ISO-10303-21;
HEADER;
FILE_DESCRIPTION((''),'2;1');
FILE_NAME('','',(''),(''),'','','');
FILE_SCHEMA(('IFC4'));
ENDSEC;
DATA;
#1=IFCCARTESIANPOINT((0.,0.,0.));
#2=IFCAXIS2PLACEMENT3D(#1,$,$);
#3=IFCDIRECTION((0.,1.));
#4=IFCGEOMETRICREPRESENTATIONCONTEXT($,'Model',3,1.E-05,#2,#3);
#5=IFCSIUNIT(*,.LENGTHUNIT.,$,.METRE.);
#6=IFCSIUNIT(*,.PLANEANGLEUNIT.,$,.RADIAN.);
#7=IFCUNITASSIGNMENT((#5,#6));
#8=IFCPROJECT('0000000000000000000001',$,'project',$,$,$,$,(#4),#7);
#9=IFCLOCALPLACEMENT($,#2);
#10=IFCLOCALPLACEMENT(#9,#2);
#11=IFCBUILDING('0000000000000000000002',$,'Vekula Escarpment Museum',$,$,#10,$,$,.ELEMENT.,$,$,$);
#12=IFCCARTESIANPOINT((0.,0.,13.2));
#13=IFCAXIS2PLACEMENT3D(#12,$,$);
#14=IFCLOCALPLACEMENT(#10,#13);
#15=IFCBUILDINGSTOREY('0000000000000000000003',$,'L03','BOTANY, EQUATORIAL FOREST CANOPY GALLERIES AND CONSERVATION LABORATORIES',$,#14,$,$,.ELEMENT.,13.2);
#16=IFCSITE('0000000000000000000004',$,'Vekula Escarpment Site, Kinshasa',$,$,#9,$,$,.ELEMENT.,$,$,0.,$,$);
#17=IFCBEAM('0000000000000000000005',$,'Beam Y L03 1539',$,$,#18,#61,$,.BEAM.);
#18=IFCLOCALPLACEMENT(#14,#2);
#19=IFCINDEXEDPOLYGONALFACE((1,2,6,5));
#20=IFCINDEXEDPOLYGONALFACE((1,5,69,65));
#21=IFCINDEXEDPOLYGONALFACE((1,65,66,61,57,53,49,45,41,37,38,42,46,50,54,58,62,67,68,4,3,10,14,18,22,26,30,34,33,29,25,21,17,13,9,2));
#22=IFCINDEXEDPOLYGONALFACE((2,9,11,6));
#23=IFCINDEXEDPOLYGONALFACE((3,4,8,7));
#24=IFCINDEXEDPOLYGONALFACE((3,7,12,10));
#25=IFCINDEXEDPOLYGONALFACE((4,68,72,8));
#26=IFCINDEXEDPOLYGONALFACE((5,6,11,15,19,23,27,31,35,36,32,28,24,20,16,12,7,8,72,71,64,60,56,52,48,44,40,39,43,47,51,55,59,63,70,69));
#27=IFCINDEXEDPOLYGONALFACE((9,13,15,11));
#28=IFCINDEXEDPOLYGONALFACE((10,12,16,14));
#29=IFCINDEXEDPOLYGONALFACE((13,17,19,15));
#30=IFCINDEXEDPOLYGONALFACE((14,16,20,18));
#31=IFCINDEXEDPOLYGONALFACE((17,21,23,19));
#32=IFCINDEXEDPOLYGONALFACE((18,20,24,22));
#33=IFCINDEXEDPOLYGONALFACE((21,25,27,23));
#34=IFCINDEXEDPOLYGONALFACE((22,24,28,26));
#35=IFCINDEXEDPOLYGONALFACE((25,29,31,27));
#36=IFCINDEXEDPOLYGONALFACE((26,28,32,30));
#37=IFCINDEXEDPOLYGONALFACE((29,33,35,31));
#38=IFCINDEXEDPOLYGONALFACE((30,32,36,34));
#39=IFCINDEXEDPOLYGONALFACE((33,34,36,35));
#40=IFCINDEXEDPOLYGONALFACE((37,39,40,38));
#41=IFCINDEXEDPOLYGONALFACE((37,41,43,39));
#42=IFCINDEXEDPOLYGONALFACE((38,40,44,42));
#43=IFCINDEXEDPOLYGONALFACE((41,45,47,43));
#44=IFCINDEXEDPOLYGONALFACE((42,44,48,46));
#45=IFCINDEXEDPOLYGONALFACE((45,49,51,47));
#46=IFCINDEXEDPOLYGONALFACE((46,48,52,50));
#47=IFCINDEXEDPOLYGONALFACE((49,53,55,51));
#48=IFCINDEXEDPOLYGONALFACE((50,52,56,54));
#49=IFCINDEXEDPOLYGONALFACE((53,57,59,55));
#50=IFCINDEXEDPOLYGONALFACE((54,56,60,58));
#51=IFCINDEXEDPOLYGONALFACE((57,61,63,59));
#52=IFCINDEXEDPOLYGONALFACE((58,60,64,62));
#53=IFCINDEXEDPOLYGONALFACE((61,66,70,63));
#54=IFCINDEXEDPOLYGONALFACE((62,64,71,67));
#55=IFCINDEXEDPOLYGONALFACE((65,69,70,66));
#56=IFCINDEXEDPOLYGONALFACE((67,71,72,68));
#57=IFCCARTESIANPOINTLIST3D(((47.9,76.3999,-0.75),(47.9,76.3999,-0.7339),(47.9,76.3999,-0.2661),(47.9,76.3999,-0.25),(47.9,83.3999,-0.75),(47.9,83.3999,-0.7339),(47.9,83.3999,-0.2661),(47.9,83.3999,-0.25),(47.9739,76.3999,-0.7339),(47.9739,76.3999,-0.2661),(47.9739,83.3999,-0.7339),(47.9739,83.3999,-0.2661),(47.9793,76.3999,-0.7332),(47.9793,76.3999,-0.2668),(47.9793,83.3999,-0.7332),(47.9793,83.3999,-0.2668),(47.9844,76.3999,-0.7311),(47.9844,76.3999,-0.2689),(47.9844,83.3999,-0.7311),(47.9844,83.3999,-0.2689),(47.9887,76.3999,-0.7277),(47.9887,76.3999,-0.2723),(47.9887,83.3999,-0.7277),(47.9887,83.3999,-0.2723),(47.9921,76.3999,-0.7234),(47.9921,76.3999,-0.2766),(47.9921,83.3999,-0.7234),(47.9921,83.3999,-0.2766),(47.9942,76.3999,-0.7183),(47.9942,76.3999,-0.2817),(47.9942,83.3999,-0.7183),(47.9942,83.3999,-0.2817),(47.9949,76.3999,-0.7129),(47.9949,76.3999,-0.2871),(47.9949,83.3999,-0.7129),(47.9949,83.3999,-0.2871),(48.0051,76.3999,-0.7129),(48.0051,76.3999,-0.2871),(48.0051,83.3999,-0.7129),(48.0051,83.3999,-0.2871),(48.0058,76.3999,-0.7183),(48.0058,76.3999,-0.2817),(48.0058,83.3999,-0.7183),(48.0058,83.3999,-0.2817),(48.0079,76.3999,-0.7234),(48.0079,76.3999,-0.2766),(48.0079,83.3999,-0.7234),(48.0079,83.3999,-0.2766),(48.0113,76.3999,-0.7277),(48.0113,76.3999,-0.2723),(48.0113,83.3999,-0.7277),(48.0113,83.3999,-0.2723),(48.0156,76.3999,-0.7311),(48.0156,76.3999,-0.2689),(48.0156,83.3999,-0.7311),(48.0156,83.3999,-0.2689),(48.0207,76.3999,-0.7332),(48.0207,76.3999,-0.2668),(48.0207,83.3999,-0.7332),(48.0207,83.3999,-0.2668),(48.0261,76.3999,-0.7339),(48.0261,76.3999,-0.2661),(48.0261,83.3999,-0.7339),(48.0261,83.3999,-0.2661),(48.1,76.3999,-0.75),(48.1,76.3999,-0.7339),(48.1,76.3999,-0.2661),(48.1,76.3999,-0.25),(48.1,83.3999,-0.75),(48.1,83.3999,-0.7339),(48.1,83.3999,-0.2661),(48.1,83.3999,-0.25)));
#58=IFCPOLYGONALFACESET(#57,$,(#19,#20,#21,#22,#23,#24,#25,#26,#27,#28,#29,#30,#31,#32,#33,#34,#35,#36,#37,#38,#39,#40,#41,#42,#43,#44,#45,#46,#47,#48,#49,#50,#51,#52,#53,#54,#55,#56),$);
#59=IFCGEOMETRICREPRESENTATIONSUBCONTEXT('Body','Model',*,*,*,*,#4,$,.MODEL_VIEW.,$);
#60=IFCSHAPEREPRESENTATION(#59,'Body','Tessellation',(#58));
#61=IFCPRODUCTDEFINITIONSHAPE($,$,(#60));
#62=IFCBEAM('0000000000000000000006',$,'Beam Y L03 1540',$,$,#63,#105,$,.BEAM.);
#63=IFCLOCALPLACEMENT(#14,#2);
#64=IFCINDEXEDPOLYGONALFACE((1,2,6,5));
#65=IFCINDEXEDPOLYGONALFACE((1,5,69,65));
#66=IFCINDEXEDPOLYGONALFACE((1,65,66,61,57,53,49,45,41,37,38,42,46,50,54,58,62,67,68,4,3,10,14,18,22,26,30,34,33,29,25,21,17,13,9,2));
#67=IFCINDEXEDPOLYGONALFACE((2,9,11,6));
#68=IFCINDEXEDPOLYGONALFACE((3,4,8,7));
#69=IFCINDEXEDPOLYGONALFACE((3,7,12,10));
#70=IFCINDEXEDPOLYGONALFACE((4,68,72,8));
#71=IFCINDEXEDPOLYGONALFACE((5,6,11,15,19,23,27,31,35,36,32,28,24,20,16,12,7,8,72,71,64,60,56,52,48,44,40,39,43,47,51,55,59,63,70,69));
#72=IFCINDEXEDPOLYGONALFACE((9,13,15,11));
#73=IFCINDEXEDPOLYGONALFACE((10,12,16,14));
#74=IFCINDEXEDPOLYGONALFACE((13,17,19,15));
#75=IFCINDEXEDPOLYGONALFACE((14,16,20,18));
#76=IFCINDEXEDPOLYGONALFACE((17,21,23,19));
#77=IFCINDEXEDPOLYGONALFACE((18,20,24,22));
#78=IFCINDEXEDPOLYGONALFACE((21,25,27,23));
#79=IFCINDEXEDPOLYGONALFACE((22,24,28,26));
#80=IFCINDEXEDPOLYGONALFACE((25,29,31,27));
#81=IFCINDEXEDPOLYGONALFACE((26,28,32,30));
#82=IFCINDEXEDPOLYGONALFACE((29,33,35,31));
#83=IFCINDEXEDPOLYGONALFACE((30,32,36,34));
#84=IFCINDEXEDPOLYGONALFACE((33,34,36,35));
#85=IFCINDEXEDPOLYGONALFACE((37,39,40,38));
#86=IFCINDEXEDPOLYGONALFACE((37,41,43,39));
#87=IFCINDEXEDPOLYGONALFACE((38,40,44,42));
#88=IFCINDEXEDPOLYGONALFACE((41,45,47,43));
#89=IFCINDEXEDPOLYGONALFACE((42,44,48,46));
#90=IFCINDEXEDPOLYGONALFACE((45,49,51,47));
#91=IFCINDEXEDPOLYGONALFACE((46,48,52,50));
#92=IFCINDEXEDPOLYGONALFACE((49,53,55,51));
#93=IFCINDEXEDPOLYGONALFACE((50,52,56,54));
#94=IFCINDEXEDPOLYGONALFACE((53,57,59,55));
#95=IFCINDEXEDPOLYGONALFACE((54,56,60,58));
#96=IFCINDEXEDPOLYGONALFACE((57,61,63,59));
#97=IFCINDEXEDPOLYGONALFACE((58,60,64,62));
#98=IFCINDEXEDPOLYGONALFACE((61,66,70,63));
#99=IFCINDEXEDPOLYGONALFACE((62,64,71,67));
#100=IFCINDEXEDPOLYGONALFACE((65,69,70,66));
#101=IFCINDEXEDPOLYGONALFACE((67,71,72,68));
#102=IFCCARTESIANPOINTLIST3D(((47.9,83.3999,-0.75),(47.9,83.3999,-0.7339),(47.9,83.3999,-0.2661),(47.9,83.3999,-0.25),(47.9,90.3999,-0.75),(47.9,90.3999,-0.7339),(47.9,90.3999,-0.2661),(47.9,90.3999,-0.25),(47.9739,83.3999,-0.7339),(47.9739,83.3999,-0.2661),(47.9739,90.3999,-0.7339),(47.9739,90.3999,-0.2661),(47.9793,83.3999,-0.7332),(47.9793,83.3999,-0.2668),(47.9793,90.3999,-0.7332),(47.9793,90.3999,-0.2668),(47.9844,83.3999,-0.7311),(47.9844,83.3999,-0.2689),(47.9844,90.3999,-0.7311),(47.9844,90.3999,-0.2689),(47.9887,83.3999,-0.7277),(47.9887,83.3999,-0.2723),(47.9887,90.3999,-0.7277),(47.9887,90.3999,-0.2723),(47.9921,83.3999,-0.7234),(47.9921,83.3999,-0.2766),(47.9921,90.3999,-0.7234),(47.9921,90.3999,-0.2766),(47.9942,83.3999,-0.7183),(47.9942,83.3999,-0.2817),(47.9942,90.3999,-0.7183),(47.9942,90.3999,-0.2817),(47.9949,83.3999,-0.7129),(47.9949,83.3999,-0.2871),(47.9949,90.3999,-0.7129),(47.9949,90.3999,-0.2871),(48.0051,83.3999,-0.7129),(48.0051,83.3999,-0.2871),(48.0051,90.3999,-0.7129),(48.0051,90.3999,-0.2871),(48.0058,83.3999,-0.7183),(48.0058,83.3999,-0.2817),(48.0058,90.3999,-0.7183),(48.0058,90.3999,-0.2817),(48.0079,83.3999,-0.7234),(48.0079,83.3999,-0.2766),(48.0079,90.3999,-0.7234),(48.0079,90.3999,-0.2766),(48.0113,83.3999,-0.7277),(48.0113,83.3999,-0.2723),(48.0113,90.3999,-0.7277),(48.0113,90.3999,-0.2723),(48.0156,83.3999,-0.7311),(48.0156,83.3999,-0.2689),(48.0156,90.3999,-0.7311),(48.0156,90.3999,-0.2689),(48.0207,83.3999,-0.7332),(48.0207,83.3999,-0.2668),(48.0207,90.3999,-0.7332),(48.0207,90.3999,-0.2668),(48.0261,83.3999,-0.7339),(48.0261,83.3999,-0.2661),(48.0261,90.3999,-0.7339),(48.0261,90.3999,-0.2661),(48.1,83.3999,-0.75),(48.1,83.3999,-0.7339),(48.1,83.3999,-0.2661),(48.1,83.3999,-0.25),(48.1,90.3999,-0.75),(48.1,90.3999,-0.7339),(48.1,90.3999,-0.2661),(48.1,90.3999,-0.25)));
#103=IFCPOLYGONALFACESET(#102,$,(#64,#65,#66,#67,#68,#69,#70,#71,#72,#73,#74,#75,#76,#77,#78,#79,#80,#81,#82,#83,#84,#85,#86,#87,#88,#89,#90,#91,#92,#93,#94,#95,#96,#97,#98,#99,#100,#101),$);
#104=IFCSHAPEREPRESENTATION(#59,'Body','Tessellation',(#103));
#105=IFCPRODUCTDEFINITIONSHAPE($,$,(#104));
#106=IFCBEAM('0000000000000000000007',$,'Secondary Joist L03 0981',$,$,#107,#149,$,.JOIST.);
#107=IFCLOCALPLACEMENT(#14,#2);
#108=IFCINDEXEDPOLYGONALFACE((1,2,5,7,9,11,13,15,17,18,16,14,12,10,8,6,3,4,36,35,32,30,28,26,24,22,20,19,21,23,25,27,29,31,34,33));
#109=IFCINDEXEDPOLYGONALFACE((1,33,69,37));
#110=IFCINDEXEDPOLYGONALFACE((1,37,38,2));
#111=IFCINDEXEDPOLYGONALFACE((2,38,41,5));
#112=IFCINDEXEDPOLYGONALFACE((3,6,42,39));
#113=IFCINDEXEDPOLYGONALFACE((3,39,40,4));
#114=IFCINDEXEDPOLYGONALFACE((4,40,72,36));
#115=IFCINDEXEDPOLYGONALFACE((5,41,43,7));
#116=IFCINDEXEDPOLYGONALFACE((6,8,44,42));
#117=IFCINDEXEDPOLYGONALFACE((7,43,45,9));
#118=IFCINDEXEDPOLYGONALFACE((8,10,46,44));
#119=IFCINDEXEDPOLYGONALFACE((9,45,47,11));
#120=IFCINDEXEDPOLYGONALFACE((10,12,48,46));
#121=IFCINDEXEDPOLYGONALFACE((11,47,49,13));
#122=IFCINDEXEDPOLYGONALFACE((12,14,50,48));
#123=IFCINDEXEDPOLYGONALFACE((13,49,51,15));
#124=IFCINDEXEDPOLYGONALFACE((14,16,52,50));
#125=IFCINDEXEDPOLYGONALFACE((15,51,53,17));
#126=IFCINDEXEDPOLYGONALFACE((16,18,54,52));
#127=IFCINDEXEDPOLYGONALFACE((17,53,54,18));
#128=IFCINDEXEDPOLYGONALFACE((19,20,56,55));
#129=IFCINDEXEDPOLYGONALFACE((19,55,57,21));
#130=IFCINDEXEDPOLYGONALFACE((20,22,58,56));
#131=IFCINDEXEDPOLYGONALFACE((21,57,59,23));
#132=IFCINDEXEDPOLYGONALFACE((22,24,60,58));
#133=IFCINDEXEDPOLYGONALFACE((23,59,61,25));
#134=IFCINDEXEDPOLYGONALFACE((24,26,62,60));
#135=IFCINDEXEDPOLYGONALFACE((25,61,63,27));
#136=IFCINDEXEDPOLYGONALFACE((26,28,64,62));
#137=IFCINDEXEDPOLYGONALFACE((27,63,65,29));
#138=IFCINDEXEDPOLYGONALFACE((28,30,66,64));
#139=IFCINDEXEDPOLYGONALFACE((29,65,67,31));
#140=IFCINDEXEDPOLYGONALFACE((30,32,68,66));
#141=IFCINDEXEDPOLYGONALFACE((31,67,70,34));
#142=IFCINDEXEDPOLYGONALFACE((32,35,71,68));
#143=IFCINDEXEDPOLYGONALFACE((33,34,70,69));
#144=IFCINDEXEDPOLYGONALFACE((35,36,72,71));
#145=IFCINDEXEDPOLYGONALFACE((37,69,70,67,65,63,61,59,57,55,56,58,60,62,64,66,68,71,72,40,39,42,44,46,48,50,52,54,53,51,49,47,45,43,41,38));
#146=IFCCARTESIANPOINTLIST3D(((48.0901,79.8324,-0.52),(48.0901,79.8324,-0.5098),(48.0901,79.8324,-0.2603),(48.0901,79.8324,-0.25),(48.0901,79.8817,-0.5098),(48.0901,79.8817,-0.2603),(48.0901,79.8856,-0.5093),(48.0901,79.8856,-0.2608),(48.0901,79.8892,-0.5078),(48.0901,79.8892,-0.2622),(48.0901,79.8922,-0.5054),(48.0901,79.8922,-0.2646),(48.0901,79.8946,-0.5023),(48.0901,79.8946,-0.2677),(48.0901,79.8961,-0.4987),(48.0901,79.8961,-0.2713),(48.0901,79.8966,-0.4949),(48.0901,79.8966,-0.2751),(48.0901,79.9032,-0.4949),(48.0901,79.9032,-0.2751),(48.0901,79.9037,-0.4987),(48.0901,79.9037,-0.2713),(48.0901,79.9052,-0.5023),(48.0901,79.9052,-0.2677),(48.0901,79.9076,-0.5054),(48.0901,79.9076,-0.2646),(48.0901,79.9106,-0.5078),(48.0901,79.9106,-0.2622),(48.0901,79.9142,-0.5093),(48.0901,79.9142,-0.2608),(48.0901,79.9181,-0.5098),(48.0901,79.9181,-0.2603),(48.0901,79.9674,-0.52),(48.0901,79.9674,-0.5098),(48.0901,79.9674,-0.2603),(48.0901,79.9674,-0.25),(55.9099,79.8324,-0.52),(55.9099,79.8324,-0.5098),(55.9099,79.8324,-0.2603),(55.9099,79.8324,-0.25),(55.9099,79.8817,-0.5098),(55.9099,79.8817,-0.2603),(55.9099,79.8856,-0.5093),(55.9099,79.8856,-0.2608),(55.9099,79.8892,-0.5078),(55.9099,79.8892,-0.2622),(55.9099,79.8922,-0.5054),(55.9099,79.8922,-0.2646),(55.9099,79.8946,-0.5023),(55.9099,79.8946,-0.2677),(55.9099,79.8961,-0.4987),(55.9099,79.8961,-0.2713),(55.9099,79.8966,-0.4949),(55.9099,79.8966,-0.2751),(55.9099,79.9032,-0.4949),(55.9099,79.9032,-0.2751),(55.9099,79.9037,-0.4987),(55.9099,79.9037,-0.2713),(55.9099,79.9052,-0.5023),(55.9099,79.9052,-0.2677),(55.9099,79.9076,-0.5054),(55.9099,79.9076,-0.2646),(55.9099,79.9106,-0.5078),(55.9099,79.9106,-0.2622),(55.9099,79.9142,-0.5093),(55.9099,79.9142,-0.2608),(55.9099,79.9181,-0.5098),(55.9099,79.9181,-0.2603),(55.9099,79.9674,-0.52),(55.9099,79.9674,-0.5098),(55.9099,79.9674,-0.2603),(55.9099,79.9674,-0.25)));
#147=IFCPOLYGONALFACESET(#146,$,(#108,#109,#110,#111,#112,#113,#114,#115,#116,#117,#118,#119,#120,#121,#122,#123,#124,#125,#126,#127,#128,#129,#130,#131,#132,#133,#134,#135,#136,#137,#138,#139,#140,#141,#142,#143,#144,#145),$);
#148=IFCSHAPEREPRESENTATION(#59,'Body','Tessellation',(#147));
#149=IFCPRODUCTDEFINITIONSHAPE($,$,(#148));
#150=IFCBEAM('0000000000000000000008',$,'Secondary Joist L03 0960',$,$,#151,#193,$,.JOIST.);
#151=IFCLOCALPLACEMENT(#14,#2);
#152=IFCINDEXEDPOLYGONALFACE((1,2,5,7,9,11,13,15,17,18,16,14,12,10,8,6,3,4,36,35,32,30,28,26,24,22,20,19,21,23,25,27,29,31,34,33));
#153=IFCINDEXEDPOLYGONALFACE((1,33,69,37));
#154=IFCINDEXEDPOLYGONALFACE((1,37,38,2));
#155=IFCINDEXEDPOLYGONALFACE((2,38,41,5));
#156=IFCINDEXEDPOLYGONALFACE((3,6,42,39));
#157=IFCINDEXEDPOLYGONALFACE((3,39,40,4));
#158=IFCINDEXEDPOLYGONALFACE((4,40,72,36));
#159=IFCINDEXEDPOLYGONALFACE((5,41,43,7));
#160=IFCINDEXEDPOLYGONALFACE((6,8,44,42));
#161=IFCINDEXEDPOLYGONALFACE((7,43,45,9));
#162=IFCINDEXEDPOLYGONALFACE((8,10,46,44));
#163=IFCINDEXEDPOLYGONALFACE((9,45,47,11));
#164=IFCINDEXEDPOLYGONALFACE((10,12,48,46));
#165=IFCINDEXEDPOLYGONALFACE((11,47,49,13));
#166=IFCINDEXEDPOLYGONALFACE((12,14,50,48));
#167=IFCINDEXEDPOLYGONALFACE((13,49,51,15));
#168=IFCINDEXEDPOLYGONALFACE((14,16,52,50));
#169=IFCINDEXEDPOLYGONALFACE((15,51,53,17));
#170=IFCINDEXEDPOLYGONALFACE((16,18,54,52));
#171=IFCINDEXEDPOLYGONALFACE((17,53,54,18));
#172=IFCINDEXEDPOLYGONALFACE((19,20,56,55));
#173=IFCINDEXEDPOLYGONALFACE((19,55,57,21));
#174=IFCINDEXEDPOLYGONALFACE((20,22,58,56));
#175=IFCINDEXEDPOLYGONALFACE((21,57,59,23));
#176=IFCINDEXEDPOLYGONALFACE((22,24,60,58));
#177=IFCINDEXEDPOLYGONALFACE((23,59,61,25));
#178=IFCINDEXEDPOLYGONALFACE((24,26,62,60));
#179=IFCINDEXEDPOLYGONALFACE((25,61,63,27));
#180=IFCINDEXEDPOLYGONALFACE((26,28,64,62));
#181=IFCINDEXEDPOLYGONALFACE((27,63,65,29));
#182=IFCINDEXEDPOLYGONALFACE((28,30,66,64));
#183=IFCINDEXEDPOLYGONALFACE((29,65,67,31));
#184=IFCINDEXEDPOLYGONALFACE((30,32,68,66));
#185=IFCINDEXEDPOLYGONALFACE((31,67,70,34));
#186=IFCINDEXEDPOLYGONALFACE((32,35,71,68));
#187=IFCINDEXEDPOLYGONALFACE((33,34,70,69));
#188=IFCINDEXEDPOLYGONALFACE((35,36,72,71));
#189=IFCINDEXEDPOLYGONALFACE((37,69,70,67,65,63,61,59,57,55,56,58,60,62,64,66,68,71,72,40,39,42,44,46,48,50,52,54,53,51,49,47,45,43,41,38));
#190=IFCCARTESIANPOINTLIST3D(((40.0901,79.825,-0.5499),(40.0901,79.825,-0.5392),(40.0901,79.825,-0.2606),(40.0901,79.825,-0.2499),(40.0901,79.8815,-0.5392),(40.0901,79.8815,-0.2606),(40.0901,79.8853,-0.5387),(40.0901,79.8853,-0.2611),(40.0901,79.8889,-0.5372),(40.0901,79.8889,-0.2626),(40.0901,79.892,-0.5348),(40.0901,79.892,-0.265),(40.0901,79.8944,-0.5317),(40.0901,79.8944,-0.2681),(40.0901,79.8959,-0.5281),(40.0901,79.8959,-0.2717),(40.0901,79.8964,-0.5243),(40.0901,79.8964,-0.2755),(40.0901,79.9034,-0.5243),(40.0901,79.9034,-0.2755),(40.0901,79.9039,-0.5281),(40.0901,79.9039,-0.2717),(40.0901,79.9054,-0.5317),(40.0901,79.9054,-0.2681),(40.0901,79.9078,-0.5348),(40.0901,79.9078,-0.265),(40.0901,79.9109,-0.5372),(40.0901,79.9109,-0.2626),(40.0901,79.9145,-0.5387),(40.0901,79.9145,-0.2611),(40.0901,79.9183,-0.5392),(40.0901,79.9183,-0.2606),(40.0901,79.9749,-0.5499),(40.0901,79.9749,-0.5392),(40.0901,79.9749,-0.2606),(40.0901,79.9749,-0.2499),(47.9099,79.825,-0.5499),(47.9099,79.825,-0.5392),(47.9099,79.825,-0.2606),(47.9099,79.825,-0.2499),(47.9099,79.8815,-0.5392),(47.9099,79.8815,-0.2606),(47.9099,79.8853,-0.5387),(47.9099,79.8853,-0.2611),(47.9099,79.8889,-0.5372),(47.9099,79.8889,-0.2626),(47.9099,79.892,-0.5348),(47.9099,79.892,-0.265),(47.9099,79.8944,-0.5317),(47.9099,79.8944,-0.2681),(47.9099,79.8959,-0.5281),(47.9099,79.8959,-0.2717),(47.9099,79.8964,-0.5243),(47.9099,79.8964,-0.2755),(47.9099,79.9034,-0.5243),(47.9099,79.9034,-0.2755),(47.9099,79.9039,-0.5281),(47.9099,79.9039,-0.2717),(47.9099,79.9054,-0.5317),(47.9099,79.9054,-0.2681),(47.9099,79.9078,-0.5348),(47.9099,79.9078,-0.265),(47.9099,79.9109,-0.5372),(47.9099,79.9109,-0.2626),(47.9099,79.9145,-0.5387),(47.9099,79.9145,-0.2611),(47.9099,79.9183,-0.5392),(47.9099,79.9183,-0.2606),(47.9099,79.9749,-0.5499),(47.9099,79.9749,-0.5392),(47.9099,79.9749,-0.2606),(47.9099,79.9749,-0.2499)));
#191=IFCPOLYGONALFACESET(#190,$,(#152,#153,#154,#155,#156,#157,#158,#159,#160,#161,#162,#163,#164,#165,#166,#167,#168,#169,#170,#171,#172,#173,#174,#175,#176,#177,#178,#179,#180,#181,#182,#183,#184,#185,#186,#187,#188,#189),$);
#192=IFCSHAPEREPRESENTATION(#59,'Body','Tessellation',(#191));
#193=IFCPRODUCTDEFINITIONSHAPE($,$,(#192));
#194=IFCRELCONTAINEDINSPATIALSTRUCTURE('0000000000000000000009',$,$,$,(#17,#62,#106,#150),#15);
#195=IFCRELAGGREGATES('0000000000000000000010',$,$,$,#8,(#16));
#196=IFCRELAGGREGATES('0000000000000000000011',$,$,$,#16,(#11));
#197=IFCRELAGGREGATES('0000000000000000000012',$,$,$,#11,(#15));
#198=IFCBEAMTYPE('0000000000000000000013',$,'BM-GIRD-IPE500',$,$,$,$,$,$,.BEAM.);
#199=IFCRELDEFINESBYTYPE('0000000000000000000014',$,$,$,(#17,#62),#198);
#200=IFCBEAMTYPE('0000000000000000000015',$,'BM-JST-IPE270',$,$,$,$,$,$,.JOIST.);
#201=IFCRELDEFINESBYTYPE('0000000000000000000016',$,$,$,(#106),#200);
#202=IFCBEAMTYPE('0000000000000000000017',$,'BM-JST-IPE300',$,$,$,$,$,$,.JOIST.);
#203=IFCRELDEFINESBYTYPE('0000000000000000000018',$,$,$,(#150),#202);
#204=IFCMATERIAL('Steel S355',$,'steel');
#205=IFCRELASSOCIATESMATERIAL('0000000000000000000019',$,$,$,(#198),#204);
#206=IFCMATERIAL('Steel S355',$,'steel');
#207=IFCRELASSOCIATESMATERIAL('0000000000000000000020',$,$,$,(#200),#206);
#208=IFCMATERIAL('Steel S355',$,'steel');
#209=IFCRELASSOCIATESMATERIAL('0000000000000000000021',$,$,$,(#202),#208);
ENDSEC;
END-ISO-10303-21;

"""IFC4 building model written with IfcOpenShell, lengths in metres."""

from ifc_helpers import new_model, si_unit, direction, frame, origin, origin_2d, place, context, subcontext, project, spatial, i_section, extrude, material, material_profile, profile_set, type_object, element, save


model = new_model("IFC4")

# Units and contexts
model_context = context("Model", 3, precision=1e-05, world=origin(), true_north=direction((0.0, 1.0)))
body_context = subcontext(model_context, "Body", "Model", "MODEL_VIEW")
ifc_project = project(units=[si_unit("LENGTHUNIT", "METRE"), si_unit("PLANEANGLEUNIT", "RADIAN")], contexts=[model_context])

# Site, building, storey
site_placement = place(None, origin())
site = spatial("IfcSite", under=ifc_project, at=site_placement, Name="Vekula Escarpment Site, Kinshasa", CompositionType="ELEMENT", RefElevation=0.0)
building_placement = place(site_placement, origin())
building = spatial("IfcBuilding", under=site, at=building_placement, Name="Vekula Escarpment Museum", CompositionType="ELEMENT")
storey_placement = place(building_placement, frame((0.0, 0.0, 13.2)))
storey = spatial("IfcBuildingStorey", under=building, at=storey_placement, Name="L03", Description="BOTANY, EQUATORIAL FOREST CANOPY GALLERIES AND CONSERVATION LABORATORIES", CompositionType="ELEMENT", Elevation=13.2)

# Beams
ifc_material_1 = material(Name="Steel S355", Category="steel")
ifc_material_profile_1 = material_profile(ifc_material_1, i_section(OverallWidth=0.2, OverallDepth=0.5, WebThickness=0.0103, FlangeThickness=0.0161, FilletRadius=0.021, at=origin_2d()), Name="IPE 500")
ifc_profile_set_1 = profile_set([ifc_material_profile_1], Name="Steel S355")
beam_type_1 = type_object("IfcBeamType", Name="BM-GIRD-IPE500", PredefinedType="BEAM", material=ifc_profile_set_1)
for number, where, z_axis, x_axis, name in (
    (1, (48.0, 76.3999, -0.5), (0.0, 1.0, 0.0), (-1.0, 0.0, 0.0), "Beam Y L03 1539"),
    (2, (48.0, 83.3999, -0.5), (0.0, 1.0, 0.0), (-1.0, 0.0, 0.0), "Beam Y L03 1540"),
):
    element("IfcBeam", number, at=place(storey_placement, frame(where, z_axis=z_axis, x_axis=x_axis)), inside=storey, type_object=beam_type_1, Name=name, PredefinedType="BEAM", context=body_context, shape_type="SweptSolid", body=[
        extrude(i_section(OverallWidth=0.2, OverallDepth=0.5, WebThickness=0.0103, FlangeThickness=0.0161, FilletRadius=0.021, at=origin_2d()), origin(), (0.0, 0.0, 1.0), 7.0),
    ])
ifc_material_2 = material(Name="Steel S355", Category="steel")
ifc_material_profile_2 = material_profile(ifc_material_2, i_section(OverallWidth=0.135, OverallDepth=0.27, WebThickness=0.0066, FlangeThickness=0.0103, FilletRadius=0.0149, at=origin_2d()), Name="IPE 270")
ifc_profile_set_2 = profile_set([ifc_material_profile_2], Name="Steel S355")
beam_type_2 = type_object("IfcBeamType", Name="BM-JST-IPE270", PredefinedType="JOIST", material=ifc_profile_set_2)
beam_1_placement = place(storey_placement, frame((48.0901, 79.8999, -0.385), z_axis=(1.0, 0.0, 0.0), x_axis=(0.0, 1.0, 0.0)))
element("IfcBeam", 3, at=beam_1_placement, inside=storey, type_object=beam_type_2, Name="Secondary Joist L03 0981", PredefinedType="JOIST", context=body_context, shape_type="SweptSolid", body=[
    extrude(i_section(OverallWidth=0.135, OverallDepth=0.27, WebThickness=0.0066, FlangeThickness=0.0103, FilletRadius=0.0149, at=origin_2d()), origin(), (0.0, 0.0, 1.0), 7.8198),
])
ifc_material_3 = material(Name="Steel S355", Category="steel")
ifc_material_profile_3 = material_profile(ifc_material_3, i_section(OverallWidth=0.1499, OverallDepth=0.3, WebThickness=0.0071, FlangeThickness=0.0107, FilletRadius=0.0149, at=origin_2d()), Name="IPE 300")
ifc_profile_set_3 = profile_set([ifc_material_profile_3], Name="Steel S355")
beam_type_3 = type_object("IfcBeamType", Name="BM-JST-IPE300", PredefinedType="JOIST", material=ifc_profile_set_3)
beam_2_placement = place(storey_placement, frame((40.0901, 79.8999, -0.3999), z_axis=(1.0, 0.0, 0.0), x_axis=(0.0, 1.0, 0.0)))
element("IfcBeam", 4, at=beam_2_placement, inside=storey, type_object=beam_type_3, Name="Secondary Joist L03 0960", PredefinedType="JOIST", context=body_context, shape_type="SweptSolid", body=[
    extrude(i_section(OverallWidth=0.1499, OverallDepth=0.3, WebThickness=0.0071, FlangeThickness=0.0107, FilletRadius=0.0149, at=origin_2d()), origin(), (0.0, 0.0, 1.0), 7.8198),
])

save(model, "model.ifc")
